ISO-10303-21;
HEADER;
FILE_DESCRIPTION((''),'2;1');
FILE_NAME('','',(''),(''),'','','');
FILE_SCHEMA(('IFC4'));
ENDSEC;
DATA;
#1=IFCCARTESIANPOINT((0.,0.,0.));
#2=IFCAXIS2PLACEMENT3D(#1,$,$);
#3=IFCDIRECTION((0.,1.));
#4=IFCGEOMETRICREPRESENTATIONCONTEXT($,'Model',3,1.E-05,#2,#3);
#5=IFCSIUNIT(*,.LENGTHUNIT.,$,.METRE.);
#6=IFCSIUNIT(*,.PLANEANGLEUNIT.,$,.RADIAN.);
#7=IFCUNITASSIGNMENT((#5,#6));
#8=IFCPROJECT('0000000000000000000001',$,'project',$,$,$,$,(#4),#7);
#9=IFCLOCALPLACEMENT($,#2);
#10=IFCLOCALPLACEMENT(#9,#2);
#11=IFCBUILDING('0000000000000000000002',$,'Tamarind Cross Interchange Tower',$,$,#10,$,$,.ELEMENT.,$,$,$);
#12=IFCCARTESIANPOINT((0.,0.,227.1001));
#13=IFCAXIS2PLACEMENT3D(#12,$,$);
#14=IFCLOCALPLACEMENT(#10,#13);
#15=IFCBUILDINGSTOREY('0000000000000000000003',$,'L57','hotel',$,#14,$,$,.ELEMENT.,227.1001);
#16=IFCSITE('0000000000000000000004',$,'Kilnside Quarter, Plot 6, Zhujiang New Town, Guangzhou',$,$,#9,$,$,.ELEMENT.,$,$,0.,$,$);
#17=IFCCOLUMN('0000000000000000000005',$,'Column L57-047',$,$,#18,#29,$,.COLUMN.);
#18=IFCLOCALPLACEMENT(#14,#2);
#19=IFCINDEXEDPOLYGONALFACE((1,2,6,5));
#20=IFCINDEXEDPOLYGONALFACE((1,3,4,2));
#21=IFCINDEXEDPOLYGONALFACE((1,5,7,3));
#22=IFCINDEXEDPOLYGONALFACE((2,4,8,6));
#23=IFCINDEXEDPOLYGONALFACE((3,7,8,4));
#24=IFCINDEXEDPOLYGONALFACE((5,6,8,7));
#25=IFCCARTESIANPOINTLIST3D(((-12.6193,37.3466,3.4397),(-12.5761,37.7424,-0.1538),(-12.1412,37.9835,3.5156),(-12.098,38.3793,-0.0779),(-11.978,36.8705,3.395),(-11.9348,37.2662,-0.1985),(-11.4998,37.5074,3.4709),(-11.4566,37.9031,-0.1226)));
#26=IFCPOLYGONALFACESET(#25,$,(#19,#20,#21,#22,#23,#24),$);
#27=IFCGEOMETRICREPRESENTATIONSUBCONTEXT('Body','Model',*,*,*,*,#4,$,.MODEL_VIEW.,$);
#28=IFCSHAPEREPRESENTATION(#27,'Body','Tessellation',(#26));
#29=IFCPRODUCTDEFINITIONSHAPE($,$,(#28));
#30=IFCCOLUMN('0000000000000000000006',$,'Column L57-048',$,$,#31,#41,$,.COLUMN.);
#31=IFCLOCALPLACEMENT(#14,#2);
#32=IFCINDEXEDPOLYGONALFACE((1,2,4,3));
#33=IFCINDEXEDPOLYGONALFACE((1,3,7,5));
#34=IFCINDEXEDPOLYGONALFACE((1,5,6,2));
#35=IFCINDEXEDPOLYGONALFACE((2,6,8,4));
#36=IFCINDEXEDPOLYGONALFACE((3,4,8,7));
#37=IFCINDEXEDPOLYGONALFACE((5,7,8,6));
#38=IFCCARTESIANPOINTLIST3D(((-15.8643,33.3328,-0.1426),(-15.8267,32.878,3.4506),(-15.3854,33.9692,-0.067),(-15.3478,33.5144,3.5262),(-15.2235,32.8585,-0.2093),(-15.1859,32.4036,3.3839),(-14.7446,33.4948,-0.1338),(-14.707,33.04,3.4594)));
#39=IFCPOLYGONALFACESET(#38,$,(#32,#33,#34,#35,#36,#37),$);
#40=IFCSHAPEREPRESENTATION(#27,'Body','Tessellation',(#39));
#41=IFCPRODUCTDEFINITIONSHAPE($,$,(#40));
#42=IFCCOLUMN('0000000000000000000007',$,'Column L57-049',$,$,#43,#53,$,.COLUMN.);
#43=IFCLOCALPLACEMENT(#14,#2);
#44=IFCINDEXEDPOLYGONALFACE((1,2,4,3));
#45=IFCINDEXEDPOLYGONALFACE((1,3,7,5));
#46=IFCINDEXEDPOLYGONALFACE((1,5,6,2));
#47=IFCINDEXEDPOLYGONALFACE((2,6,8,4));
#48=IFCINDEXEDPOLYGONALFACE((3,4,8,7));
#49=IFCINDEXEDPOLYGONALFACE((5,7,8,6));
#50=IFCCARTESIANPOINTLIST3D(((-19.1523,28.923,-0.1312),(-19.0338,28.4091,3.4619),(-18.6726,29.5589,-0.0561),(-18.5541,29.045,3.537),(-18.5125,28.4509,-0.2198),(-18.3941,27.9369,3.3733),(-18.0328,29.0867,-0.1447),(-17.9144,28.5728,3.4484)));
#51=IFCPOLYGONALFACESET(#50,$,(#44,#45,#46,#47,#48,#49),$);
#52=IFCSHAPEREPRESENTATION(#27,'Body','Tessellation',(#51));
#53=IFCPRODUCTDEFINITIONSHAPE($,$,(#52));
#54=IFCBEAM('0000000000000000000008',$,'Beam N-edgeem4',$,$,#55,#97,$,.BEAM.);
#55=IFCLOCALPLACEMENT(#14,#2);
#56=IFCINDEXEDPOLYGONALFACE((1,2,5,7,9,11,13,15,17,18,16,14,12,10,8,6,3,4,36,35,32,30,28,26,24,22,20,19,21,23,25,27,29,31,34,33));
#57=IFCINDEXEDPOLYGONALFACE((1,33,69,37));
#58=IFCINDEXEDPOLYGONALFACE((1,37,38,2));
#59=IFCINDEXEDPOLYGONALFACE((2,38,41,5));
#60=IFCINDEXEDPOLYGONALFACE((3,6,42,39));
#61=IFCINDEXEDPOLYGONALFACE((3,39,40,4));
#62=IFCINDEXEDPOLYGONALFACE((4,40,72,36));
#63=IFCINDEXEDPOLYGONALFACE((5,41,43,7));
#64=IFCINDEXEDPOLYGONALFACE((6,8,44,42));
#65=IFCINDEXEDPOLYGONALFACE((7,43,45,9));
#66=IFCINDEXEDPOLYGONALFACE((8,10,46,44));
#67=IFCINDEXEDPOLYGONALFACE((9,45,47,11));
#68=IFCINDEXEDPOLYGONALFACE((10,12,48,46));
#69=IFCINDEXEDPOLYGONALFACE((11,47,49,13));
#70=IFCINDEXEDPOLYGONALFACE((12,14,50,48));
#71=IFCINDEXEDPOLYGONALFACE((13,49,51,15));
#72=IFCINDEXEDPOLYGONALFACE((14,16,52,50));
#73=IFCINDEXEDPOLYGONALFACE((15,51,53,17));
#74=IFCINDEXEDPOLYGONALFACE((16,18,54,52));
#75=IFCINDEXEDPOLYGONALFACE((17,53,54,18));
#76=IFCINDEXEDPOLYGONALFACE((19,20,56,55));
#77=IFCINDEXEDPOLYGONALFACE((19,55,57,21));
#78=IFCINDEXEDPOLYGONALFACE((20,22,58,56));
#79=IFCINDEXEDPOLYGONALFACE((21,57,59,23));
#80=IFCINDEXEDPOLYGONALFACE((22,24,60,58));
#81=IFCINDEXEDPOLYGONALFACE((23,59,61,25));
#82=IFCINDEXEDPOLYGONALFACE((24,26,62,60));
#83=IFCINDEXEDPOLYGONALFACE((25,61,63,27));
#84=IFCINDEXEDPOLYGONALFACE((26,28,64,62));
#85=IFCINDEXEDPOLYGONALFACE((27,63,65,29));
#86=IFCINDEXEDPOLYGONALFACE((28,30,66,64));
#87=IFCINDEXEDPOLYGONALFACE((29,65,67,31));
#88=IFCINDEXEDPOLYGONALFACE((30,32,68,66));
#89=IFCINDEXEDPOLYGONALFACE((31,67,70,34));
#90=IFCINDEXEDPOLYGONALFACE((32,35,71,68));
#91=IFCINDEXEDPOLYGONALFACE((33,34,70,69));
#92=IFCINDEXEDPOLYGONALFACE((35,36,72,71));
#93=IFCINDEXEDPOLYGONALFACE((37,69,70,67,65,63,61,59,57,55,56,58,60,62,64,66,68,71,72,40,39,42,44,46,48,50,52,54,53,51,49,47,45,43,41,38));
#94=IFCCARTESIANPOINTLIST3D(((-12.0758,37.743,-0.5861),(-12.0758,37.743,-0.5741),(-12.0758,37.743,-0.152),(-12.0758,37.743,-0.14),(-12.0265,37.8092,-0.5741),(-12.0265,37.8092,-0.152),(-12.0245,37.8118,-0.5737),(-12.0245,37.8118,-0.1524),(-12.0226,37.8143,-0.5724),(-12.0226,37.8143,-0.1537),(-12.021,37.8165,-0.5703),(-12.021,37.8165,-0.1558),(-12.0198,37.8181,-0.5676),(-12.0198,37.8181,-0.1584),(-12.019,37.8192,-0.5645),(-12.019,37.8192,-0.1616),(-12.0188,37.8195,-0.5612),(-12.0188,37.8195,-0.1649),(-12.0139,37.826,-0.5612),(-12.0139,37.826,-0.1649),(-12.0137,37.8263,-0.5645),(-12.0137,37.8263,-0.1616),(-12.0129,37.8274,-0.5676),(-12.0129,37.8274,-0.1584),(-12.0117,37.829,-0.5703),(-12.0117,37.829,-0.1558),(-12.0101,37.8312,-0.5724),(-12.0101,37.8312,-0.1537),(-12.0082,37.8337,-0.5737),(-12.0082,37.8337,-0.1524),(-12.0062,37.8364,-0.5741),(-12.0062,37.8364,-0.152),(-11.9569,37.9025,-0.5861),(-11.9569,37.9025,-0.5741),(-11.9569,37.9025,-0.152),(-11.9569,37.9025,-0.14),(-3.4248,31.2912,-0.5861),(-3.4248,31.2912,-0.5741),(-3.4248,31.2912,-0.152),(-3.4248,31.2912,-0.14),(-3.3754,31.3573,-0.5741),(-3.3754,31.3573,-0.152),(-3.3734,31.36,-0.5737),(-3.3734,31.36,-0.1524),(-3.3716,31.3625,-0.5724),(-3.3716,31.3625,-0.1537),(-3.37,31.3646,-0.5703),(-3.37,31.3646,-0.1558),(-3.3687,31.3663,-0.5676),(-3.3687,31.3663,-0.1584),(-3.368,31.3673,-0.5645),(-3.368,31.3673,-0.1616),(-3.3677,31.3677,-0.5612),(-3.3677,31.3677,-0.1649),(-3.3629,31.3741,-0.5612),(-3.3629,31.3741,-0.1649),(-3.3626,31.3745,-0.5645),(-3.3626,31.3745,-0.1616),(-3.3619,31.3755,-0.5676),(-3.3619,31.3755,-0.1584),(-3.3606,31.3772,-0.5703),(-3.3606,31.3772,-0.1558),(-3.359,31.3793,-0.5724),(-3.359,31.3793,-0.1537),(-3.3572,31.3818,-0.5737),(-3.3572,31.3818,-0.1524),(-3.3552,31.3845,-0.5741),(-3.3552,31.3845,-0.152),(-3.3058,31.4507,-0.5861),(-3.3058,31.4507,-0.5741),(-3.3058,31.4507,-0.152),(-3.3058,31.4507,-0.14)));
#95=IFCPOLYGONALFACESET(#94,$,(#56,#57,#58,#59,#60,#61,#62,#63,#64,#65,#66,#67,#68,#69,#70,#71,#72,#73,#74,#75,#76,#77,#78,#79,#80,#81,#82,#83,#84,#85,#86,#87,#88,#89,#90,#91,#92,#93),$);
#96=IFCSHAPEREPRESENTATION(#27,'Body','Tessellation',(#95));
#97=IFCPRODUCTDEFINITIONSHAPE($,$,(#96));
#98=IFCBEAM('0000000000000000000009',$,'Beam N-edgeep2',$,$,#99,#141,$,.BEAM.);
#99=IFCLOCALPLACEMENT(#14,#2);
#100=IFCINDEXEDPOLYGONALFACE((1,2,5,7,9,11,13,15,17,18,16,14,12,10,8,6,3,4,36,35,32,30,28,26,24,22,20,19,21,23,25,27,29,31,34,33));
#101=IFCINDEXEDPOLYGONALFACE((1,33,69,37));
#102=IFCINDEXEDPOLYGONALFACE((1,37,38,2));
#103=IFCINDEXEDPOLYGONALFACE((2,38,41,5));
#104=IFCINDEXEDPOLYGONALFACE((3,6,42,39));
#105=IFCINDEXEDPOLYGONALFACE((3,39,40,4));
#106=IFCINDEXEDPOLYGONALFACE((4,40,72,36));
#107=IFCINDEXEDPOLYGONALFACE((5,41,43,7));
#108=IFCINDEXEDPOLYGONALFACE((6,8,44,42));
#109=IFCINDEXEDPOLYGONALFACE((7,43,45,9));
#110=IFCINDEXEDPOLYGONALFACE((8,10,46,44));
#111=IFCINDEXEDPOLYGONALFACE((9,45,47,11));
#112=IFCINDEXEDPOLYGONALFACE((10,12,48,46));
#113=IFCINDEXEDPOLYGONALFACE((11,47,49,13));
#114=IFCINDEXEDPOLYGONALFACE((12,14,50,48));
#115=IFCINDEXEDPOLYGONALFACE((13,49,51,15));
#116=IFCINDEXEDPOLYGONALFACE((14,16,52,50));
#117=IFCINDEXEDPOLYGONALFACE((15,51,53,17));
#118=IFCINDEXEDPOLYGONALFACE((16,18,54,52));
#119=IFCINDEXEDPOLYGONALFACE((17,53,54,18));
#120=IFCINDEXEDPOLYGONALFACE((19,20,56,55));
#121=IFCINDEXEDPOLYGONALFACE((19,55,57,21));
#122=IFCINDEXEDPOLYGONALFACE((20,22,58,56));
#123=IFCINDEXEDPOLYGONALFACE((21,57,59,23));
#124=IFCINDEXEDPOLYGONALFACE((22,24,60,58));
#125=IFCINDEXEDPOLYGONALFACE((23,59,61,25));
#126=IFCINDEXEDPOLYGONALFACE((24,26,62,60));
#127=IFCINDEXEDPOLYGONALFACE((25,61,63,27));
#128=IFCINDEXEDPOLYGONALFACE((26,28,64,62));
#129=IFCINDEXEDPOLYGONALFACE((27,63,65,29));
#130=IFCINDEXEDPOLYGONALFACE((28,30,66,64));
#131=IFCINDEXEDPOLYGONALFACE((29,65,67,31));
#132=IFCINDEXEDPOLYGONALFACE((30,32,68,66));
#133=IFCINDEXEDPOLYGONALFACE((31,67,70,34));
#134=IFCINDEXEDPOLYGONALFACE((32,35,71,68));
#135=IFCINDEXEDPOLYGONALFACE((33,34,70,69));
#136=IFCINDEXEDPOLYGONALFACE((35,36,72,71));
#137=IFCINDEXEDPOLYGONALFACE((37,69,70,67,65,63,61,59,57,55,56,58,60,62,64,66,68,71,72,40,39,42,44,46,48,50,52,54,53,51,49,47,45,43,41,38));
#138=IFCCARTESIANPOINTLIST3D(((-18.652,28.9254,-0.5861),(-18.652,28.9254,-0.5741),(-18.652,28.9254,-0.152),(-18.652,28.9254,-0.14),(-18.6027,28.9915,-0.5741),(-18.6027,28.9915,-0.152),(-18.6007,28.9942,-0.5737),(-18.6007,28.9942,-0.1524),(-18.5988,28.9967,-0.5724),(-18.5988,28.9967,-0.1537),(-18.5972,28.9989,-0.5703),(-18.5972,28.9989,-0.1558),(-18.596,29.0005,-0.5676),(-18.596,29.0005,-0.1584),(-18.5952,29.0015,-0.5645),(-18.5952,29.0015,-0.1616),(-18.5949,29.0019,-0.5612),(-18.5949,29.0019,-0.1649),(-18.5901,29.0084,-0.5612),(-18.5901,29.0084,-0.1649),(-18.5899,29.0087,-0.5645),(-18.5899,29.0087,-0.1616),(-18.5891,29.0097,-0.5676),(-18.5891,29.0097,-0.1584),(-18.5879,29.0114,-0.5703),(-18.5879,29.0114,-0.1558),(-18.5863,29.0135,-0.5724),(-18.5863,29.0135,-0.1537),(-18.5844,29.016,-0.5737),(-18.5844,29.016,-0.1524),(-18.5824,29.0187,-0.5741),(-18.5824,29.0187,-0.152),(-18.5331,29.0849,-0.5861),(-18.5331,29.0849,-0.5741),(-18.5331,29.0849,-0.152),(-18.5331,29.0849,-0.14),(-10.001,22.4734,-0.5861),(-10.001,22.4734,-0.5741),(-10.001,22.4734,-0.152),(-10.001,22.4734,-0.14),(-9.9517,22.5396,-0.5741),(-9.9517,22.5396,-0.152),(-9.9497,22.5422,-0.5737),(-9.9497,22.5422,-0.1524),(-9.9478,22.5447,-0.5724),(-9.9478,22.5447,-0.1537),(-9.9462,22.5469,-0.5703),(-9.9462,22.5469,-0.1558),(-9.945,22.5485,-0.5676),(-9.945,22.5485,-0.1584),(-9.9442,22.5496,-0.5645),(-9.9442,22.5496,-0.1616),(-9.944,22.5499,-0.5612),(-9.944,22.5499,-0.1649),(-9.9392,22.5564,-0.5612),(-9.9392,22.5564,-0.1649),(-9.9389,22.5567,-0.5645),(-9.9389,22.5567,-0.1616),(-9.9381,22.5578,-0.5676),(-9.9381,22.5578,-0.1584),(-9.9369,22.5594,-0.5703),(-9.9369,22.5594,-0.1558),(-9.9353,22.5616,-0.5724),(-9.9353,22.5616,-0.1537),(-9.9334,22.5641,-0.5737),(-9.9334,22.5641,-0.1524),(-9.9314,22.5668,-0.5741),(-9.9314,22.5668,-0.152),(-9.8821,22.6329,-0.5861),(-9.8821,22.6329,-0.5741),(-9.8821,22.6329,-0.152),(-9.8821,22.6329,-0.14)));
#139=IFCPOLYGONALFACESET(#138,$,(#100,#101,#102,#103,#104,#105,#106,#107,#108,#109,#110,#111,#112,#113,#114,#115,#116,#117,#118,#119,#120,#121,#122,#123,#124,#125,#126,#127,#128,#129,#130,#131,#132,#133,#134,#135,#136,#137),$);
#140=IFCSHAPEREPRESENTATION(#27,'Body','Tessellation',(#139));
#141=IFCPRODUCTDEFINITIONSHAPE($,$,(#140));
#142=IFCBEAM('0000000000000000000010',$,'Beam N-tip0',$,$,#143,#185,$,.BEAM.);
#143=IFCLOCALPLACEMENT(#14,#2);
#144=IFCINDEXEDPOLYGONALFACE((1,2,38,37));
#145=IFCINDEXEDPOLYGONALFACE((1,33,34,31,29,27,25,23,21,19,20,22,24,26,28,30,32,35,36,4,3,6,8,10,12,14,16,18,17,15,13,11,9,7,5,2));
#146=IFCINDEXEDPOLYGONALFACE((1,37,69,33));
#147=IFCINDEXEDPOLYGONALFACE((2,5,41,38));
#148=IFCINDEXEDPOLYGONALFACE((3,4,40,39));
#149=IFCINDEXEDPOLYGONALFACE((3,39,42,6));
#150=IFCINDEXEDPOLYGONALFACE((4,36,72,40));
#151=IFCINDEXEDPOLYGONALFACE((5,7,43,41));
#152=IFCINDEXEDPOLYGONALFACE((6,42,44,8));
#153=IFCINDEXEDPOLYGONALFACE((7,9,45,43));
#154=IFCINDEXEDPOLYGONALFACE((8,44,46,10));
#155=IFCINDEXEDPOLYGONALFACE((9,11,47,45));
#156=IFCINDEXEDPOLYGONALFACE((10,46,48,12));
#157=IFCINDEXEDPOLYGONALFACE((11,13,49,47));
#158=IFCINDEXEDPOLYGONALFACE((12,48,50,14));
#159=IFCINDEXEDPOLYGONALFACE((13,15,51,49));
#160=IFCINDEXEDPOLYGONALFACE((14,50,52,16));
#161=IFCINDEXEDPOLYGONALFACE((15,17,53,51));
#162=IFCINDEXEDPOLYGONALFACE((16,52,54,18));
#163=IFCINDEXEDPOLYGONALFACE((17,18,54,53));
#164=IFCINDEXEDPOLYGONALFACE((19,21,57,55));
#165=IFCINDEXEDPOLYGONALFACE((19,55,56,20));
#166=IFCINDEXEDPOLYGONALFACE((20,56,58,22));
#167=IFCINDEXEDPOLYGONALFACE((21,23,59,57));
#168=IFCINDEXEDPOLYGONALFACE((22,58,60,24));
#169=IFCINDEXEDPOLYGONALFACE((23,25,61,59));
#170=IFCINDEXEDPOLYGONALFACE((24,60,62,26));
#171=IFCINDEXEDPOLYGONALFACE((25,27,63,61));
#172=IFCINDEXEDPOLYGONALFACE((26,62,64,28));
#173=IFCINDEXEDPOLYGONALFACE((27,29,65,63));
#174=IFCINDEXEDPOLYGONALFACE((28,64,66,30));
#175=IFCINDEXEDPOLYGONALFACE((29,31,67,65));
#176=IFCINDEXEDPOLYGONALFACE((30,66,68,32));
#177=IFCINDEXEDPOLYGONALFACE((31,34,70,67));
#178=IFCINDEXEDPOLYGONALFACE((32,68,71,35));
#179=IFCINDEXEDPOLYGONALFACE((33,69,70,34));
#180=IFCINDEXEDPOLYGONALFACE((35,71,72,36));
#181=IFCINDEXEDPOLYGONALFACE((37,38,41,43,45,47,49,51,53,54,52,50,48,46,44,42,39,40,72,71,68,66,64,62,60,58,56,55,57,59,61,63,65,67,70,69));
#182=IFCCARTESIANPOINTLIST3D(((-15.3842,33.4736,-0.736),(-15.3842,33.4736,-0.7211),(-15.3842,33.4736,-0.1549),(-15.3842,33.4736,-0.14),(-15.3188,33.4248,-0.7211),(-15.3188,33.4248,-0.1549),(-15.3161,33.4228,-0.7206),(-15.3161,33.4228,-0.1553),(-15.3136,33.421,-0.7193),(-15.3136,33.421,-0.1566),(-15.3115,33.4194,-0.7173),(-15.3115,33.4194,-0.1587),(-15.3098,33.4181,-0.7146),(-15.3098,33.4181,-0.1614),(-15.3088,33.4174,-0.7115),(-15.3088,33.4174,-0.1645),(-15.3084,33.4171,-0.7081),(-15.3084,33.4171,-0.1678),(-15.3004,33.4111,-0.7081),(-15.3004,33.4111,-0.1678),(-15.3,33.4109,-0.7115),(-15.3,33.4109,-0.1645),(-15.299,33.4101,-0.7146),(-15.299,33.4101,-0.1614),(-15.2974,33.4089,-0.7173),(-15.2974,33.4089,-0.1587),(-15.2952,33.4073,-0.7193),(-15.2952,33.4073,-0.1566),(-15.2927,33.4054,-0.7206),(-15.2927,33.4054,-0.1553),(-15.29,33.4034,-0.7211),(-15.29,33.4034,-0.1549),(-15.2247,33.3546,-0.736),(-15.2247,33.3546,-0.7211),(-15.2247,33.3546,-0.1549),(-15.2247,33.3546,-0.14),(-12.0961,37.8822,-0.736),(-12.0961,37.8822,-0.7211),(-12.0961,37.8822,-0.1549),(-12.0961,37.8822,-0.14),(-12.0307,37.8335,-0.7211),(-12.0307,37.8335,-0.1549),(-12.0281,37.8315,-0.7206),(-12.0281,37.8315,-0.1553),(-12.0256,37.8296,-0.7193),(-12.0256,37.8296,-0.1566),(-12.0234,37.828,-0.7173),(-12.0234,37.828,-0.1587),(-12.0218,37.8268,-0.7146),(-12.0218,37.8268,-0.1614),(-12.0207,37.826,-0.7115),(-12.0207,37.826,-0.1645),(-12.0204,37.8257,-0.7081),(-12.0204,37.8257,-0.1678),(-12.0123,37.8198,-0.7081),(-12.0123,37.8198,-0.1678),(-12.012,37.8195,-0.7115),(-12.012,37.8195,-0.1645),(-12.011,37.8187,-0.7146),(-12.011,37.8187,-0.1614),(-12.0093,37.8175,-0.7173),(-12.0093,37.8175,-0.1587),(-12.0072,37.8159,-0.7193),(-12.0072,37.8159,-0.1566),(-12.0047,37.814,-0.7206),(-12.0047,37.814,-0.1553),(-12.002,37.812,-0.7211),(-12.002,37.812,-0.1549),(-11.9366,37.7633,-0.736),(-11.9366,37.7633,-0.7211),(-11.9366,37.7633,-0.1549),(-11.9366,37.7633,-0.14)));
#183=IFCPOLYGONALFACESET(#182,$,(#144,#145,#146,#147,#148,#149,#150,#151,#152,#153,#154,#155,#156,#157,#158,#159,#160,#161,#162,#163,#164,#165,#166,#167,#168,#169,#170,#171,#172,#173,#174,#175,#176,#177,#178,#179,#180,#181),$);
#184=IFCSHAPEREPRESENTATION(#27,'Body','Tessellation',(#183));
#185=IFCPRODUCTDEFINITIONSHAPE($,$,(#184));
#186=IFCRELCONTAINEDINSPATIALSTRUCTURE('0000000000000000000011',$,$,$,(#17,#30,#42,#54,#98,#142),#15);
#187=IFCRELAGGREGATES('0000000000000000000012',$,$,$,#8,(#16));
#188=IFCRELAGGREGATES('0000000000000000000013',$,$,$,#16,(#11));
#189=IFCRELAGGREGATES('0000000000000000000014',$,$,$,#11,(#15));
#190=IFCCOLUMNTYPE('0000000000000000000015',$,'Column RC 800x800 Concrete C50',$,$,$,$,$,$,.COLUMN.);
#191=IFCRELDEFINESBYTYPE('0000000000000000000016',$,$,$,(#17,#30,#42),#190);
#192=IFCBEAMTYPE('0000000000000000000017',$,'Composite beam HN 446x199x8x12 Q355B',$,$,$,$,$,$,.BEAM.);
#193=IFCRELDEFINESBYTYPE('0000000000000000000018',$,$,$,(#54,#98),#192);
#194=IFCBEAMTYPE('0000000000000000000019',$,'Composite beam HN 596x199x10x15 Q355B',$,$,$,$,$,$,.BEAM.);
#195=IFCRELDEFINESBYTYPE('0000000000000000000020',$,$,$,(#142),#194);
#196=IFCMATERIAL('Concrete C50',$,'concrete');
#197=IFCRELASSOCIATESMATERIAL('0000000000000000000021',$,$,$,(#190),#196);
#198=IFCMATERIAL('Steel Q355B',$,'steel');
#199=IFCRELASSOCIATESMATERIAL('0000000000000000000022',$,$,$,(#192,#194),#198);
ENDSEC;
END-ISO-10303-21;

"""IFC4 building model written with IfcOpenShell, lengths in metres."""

from ifc_helpers import new_model, si_unit, direction, frame, origin, origin_2d, place, context, subcontext, project, spatial, rectangle, i_section, extrude, material, material_profile, profile_set, type_object, element, save


model = new_model("IFC4")

# Units and contexts
model_context = context("Model", 3, precision=1e-05, world=origin(), true_north=direction((0.0, 1.0)))
body_context = subcontext(model_context, "Body", "Model", "MODEL_VIEW")
ifc_project = project(units=[si_unit("LENGTHUNIT", "METRE"), si_unit("PLANEANGLEUNIT", "RADIAN")], contexts=[model_context])

# Site, building, storey
site_placement = place(None, origin())
site = spatial("IfcSite", under=ifc_project, at=site_placement, Name="Kilnside Quarter, Plot 6, Zhujiang New Town, Guangzhou", CompositionType="ELEMENT", RefElevation=0.0)
building_placement = place(site_placement, origin())
building = spatial("IfcBuilding", under=site, at=building_placement, Name="Tamarind Cross Interchange Tower", CompositionType="ELEMENT")
storey_placement = place(building_placement, frame((0.0, 0.0, 227.1001)))
storey = spatial("IfcBuildingStorey", under=building, at=storey_placement, Name="L57", Description="hotel", CompositionType="ELEMENT", Elevation=227.1001)

# Columns
ifc_material_1 = material(Name="Concrete C50", Category="concrete")
ifc_material_profile_1 = material_profile(ifc_material_1, rectangle(XDim=0.8, YDim=0.8, at=origin_2d()), Name="RC 800x800")
ifc_profile_set_1 = profile_set([ifc_material_profile_1], Name="Concrete C50")
column_type = type_object("IfcColumnType", Name="Column RC 800x800 Concrete C50", PredefinedType="COLUMN", material=ifc_profile_set_1)
column_1_placement = place(storey_placement, frame((-12.0164, 37.8228, -0.1382), z_axis=(-0.011952, -0.10946, 0.993919), x_axis=(0.597662, 0.796117, 0.094863)))
element("IfcColumn", 1, at=column_1_placement, inside=storey, type_object=column_type, Name="Column L57-047", PredefinedType="COLUMN", context=body_context, shape_type="SweptSolid", body=[
    extrude(rectangle(XDim=0.8, YDim=0.8, at=origin_2d()), origin(), (0.0, 0.0, 1.0), 3.6155),
])
column_2_placement = place(storey_placement, frame((-15.3044, 33.4138, -0.1382), z_axis=(0.01038, -0.125571, 0.99203), x_axis=(0.598637, 0.795436, 0.094422)))
element("IfcColumn", 2, at=column_2_placement, inside=storey, type_object=column_type, Name="Column L57-048", PredefinedType="COLUMN", context=body_context, shape_type="SweptSolid", body=[
    extrude(rectangle(XDim=0.8, YDim=0.8, at=origin_2d()), origin(), (0.0, 0.0, 1.0), 3.6221),
])
column_3_placement = place(storey_placement, frame((-18.5925, 29.0049, -0.1379), z_axis=(0.032606, -0.141516, 0.989399), x_axis=(0.599592, 0.794776, 0.093919)))
element("IfcColumn", 3, at=column_3_placement, inside=storey, type_object=column_type, Name="Column L57-049", PredefinedType="COLUMN", context=body_context, shape_type="SweptSolid", body=[
    extrude(rectangle(XDim=0.8, YDim=0.8, at=origin_2d()), origin(), (0.0, 0.0, 1.0), 3.6316),
])

# Beams
ifc_material_2 = material(Name="Steel Q355B", Category="steel")
ifc_material_profile_2 = material_profile(ifc_material_2, i_section(OverallWidth=0.199, OverallDepth=0.446, WebThickness=0.0081, FlangeThickness=0.012, FilletRadius=0.0129, at=origin_2d()), Name="HN 446x199x8x12")
ifc_profile_set_2 = profile_set([ifc_material_profile_2], Name="Steel Q355B")
beam_type_1 = type_object("IfcBeamType", Name="Composite beam HN 446x199x8x12 Q355B", PredefinedType="BEAM", material=ifc_profile_set_2)
for number, where, z_axis, x_axis, name in (
    (4, (-12.0164, 37.8228, -0.363), (0.801618, -0.597837, 0.0), (0.597837, 0.801618, 0.0), "Beam N-edgeem4"),
    (5, (-18.5925, 29.0051, -0.363), (0.80161, -0.597848, 0.0), (0.597848, 0.80161, 0.0), "Beam N-edgeep2"),
):
    element("IfcBeam", number, at=place(storey_placement, frame(where, z_axis=z_axis, x_axis=x_axis)), inside=storey, type_object=beam_type_1, Name=name, PredefinedType="BEAM", context=body_context, shape_type="SweptSolid", body=[
        extrude(i_section(OverallWidth=0.199, OverallDepth=0.446, WebThickness=0.0081, FlangeThickness=0.012, FilletRadius=0.0129, at=origin_2d()), origin(), (0.0, 0.0, 1.0), 10.792),
    ])
ifc_material_profile_3 = material_profile(ifc_material_2, i_section(OverallWidth=0.199, OverallDepth=0.5959, WebThickness=0.01, FlangeThickness=0.0149, FilletRadius=0.0129, at=origin_2d()), Name="HN 596x199x10x15")
ifc_profile_set_3 = profile_set([ifc_material_profile_3], Name="Steel Q355B")
beam_type_2 = type_object("IfcBeamType", Name="Composite beam HN 596x199x10x15 Q355B", PredefinedType="BEAM", material=ifc_profile_set_3)
beam_1_placement = place(storey_placement, frame((-12.0164, 37.8228, -0.438), z_axis=(-0.597853, -0.801606, 0.0), x_axis=(0.801606, -0.597853, 0.0)))
element("IfcBeam", 6, at=beam_1_placement, inside=storey, type_object=beam_type_2, Name="Beam N-tip0", PredefinedType="BEAM", context=body_context, shape_type="SweptSolid", body=[
    extrude(i_section(OverallWidth=0.199, OverallDepth=0.5959, WebThickness=0.01, FlangeThickness=0.0149, FilletRadius=0.0129, at=origin_2d()), origin(), (0.0, 0.0, 1.0), 5.4998),
])

save(model, "model.ifc")
